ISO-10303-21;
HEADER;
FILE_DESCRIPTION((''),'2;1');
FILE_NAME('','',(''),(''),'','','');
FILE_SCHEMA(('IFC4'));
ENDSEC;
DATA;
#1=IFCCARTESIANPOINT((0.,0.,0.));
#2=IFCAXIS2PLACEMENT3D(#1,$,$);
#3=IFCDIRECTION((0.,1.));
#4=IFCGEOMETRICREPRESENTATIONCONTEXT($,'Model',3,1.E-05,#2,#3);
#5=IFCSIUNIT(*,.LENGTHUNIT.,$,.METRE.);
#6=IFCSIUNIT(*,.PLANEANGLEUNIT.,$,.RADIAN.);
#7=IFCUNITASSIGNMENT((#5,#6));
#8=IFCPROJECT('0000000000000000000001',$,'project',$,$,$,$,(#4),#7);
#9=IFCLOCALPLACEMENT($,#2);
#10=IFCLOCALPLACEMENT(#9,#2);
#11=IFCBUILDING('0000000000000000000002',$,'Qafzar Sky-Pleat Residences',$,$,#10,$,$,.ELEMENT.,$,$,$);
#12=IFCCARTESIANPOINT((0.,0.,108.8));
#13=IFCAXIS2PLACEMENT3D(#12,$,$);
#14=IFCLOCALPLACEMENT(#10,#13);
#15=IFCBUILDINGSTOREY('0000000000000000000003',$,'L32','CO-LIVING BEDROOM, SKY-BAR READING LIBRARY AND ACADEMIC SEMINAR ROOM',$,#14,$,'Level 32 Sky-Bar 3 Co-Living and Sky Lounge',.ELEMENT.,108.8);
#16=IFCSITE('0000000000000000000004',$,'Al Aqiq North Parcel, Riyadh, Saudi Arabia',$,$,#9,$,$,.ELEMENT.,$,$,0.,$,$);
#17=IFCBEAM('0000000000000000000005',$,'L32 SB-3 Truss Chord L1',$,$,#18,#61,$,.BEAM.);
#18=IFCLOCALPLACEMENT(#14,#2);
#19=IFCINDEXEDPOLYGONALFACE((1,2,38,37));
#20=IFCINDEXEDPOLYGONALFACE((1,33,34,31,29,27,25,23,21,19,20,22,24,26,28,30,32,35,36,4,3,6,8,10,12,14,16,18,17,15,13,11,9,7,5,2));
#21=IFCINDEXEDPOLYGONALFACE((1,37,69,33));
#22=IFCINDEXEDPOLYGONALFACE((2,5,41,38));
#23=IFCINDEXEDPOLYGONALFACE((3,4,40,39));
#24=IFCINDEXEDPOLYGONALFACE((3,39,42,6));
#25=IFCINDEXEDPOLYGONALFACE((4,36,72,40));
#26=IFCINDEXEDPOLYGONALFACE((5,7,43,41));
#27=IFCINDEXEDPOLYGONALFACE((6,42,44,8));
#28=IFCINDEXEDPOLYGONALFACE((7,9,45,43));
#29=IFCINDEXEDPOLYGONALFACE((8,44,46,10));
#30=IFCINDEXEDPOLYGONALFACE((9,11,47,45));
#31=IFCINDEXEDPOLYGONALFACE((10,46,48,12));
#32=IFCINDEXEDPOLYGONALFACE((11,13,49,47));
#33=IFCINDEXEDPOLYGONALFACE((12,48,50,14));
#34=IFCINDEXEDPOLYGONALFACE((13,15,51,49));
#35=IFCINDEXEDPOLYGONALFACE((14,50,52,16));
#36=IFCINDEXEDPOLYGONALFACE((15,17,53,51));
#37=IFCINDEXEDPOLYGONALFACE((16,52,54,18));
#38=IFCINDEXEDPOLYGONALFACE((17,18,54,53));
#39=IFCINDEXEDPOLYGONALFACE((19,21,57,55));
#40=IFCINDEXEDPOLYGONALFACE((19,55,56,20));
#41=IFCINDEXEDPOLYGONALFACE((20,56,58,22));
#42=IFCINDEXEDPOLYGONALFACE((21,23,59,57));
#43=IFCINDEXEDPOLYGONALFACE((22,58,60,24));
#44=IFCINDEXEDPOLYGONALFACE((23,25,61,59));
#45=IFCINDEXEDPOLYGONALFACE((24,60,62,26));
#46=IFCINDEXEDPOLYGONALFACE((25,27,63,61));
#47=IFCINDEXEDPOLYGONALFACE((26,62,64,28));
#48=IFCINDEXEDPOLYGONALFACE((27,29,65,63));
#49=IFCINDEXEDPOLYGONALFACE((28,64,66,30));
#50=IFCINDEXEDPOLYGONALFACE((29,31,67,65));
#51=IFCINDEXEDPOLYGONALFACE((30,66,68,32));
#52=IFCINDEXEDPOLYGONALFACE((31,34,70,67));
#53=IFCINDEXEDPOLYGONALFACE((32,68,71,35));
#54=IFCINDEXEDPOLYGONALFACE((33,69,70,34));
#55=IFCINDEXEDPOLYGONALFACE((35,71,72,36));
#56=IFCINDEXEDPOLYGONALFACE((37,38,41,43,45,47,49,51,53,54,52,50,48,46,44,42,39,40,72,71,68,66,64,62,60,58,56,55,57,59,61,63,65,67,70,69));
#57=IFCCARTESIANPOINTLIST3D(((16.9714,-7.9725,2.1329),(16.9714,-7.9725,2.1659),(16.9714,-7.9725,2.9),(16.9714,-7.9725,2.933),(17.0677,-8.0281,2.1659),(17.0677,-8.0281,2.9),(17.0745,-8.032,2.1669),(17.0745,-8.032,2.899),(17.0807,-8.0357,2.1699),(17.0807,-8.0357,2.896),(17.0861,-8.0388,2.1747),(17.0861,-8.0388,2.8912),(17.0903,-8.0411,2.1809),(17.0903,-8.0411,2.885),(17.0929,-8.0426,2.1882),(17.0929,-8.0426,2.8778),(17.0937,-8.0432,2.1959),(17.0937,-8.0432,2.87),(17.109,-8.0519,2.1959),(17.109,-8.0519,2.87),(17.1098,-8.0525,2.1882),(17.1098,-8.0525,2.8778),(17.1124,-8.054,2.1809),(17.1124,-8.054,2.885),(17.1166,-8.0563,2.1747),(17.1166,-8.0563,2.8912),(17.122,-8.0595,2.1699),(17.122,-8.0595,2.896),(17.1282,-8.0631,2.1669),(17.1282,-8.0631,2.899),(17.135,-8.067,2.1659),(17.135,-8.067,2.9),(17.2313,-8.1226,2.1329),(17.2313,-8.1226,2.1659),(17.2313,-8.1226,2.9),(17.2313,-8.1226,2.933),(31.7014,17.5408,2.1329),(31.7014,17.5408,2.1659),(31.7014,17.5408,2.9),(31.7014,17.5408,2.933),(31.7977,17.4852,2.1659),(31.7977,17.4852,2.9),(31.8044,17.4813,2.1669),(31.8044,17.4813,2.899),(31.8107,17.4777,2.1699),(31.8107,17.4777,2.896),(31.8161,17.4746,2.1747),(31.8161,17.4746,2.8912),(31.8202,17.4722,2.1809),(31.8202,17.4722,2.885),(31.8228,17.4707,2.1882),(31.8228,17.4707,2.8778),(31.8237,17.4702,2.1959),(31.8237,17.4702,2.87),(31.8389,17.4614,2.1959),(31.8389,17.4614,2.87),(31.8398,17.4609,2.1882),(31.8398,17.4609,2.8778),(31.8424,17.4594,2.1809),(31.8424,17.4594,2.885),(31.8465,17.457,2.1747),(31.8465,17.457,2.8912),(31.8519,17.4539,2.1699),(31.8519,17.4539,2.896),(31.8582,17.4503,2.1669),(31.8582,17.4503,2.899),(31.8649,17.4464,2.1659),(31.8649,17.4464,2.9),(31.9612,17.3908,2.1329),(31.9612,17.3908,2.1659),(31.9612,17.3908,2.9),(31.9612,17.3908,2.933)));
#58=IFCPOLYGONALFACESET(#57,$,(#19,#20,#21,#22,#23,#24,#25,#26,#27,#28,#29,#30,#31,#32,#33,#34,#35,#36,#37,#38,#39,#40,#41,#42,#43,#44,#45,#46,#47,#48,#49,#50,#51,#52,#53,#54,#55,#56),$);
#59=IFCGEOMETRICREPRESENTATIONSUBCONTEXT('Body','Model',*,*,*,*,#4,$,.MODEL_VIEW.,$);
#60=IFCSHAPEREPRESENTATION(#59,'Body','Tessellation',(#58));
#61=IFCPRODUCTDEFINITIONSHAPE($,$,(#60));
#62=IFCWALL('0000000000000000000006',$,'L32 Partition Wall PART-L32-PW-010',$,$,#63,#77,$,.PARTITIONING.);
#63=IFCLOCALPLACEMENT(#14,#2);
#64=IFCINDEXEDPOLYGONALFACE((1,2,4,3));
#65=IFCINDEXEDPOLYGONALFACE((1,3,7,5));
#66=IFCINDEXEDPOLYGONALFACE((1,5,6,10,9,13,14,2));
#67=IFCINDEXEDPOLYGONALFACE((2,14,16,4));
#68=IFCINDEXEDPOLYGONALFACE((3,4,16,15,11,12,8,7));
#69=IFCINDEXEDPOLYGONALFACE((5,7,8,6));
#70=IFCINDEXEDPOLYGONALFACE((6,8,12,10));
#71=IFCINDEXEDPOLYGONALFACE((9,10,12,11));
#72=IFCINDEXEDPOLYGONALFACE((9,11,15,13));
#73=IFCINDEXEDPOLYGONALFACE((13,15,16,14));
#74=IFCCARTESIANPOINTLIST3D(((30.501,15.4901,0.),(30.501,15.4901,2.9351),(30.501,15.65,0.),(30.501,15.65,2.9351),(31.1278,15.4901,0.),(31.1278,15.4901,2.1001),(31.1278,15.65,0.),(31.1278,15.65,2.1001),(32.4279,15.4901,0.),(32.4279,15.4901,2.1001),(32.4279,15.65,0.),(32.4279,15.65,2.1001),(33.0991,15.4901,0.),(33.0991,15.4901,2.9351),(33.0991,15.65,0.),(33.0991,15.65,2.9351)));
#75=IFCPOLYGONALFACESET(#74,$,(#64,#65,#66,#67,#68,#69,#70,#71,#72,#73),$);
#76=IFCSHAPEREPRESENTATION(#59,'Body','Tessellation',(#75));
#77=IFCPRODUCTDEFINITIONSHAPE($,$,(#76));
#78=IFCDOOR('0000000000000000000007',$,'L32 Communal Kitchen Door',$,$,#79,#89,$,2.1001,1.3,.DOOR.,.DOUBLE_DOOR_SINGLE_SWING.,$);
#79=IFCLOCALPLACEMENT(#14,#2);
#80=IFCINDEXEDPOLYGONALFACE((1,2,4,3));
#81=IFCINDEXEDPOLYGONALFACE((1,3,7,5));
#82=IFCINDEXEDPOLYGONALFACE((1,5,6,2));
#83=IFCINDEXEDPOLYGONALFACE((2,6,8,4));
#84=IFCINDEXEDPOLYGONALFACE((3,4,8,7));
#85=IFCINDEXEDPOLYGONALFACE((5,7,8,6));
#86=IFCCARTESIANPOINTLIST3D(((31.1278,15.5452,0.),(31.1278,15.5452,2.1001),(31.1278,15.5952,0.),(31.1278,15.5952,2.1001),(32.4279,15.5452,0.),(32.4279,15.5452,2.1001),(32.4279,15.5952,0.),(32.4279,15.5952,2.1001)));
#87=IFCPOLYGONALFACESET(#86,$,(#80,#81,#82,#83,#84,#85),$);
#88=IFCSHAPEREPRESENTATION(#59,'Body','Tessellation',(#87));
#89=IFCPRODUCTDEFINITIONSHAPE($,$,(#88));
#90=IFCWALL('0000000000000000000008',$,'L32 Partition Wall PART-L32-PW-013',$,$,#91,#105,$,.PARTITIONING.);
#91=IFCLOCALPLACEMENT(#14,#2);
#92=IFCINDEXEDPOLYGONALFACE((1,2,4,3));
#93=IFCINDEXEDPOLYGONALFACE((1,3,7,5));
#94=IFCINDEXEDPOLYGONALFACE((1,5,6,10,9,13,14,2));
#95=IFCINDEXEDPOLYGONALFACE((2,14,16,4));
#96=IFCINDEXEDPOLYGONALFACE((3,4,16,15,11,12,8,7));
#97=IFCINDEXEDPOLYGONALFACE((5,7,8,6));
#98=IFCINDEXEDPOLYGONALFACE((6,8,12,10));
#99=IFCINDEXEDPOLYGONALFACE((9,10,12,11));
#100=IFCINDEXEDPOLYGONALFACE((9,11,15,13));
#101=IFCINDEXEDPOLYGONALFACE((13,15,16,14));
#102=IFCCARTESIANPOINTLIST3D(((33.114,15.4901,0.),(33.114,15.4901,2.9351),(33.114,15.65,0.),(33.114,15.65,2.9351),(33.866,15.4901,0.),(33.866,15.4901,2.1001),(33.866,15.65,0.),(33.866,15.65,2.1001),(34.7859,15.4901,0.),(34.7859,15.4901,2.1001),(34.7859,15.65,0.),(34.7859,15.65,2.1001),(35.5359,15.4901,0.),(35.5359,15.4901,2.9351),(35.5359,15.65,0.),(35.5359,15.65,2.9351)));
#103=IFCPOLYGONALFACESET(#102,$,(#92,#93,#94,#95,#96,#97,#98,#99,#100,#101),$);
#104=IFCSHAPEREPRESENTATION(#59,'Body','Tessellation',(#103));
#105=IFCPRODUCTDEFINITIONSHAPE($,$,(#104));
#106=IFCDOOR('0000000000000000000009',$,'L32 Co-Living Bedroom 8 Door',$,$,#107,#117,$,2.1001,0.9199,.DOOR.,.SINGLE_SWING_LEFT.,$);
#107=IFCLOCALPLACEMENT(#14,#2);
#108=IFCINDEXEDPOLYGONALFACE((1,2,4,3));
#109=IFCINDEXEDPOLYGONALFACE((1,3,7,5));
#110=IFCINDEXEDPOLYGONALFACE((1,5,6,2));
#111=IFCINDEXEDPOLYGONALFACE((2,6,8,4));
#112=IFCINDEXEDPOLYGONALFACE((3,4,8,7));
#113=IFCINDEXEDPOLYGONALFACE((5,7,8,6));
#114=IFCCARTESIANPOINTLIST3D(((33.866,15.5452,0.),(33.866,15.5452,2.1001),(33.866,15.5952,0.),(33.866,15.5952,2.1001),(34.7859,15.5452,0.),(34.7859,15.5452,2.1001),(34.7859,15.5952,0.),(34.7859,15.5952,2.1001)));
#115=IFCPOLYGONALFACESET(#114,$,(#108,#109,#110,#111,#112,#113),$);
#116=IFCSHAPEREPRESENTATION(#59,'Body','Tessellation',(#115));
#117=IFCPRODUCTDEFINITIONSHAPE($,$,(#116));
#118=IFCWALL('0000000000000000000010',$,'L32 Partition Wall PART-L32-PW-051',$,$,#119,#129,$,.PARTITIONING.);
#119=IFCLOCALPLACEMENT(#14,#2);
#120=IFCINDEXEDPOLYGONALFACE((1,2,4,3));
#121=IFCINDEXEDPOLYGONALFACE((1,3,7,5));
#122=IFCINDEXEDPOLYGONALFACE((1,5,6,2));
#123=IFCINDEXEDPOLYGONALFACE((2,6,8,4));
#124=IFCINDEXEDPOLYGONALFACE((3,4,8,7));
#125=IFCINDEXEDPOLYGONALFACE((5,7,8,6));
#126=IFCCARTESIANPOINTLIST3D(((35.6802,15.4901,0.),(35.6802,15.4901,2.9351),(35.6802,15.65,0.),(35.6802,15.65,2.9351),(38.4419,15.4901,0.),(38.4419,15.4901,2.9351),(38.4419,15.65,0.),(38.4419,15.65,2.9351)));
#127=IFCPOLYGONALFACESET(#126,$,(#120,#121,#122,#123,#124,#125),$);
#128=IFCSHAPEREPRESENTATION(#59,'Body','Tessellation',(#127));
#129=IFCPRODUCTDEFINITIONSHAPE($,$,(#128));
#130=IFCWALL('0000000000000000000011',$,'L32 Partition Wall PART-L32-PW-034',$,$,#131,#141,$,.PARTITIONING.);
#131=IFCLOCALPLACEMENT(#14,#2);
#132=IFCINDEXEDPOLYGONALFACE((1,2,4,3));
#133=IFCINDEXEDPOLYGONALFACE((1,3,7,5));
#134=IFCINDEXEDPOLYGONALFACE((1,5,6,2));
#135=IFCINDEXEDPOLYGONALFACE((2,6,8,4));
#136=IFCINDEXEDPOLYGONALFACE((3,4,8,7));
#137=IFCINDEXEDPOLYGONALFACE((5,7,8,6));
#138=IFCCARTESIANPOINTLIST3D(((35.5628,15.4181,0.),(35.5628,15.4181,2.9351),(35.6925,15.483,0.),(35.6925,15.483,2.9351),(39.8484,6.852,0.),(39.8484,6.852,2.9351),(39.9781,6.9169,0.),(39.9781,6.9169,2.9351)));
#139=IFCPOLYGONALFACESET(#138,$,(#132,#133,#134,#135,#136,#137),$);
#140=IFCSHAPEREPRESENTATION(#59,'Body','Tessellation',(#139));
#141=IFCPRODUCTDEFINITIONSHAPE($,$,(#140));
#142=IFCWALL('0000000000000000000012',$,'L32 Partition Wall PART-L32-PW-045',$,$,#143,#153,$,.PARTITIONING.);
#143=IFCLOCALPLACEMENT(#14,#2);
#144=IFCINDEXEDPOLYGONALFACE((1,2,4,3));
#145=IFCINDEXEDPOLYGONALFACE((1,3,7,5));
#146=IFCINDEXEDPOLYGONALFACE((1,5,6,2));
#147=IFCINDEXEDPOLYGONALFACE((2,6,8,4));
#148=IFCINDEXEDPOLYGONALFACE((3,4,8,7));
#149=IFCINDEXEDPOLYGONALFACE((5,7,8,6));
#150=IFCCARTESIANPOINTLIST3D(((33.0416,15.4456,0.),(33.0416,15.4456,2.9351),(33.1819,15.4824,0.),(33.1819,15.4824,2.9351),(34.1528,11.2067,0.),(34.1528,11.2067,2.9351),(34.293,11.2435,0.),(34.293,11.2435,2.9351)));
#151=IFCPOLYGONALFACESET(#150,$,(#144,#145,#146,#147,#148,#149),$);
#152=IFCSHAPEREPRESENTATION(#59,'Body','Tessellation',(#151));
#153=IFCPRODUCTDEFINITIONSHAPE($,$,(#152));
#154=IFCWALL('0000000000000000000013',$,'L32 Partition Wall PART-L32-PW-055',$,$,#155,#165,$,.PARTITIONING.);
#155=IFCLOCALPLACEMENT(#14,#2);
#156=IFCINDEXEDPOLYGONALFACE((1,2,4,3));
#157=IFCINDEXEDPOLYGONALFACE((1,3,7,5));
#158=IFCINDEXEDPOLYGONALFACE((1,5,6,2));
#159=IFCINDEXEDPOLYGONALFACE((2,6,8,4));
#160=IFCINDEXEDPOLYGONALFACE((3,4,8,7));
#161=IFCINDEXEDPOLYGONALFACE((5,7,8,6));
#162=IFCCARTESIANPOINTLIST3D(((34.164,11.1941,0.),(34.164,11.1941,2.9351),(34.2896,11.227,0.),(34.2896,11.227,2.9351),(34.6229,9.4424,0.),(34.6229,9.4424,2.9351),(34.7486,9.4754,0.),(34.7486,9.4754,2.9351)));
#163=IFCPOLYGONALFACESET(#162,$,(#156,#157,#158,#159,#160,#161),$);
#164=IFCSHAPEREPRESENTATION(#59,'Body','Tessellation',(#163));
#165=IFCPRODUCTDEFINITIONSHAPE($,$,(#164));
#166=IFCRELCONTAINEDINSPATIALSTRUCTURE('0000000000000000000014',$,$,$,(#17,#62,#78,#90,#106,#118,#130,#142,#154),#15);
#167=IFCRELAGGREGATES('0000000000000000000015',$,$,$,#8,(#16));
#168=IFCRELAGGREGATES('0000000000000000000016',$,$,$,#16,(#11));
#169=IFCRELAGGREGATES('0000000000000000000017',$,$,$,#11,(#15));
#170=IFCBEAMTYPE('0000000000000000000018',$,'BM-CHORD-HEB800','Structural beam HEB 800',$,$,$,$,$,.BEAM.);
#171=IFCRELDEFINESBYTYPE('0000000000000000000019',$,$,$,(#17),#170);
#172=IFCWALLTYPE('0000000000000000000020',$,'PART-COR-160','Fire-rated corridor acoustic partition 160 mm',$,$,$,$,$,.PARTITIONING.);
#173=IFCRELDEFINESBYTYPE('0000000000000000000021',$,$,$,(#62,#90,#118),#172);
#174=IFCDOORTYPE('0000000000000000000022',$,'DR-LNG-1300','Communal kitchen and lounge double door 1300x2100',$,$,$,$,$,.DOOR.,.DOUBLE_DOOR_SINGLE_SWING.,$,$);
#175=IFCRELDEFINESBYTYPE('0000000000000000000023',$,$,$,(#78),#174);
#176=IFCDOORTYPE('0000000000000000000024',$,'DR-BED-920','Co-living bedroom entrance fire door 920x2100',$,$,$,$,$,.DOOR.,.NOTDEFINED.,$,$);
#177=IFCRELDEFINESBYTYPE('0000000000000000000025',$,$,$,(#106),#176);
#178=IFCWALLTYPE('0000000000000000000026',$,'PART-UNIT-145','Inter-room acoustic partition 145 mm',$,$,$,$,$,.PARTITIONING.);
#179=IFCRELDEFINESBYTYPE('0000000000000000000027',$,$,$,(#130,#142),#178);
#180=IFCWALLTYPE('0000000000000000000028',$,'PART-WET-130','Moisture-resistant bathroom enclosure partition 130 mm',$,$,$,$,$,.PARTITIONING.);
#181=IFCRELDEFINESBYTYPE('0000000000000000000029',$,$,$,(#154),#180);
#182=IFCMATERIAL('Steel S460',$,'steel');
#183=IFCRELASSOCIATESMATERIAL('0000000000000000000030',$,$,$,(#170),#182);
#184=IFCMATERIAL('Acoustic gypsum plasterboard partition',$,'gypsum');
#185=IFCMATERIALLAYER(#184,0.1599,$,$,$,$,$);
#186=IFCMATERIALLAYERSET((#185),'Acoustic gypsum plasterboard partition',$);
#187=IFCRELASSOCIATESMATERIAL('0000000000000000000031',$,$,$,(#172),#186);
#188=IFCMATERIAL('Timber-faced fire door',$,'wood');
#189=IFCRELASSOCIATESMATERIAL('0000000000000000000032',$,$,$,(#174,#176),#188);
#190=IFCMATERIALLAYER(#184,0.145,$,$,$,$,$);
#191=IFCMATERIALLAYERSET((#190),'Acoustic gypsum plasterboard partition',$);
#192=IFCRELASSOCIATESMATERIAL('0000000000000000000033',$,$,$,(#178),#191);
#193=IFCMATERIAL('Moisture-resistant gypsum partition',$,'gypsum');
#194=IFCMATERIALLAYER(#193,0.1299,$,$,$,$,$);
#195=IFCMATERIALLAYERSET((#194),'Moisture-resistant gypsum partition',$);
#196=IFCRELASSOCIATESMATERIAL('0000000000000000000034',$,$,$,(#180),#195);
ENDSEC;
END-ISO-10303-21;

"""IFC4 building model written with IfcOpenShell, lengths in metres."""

from ifc_helpers import new_model, si_unit, direction, frame, frame_2d, origin, origin_2d, place, context, subcontext, project, spatial, rectangle, i_section, extrude, source, transform, mapped, material, layer, layer_set, material_profile, profile_set, type_object, element, fill, save


model = new_model("IFC4")

# Units and contexts
model_context = context("Model", 3, precision=1e-05, world=origin(), true_north=direction((0.0, 1.0)))
body_context = subcontext(model_context, "Body", "Model", "MODEL_VIEW")
ifc_project = project(units=[si_unit("LENGTHUNIT", "METRE"), si_unit("PLANEANGLEUNIT", "RADIAN")], contexts=[model_context])

# Site, building, storey
site_placement = place(None, origin())
site = spatial("IfcSite", under=ifc_project, at=site_placement, Name="Al Aqiq North Parcel, Riyadh, Saudi Arabia", CompositionType="ELEMENT", RefElevation=0.0)
building_placement = place(site_placement, origin())
building = spatial("IfcBuilding", under=site, at=building_placement, Name="Qafzar Sky-Pleat Residences", CompositionType="ELEMENT")
storey_placement = place(building_placement, frame((0.0, 0.0, 108.8)))
storey = spatial("IfcBuildingStorey", under=building, at=storey_placement, Name="L32", Description="CO-LIVING BEDROOM, SKY-BAR READING LIBRARY AND ACADEMIC SEMINAR ROOM", LongName="Level 32 Sky-Bar 3 Co-Living and Sky Lounge", CompositionType="ELEMENT", Elevation=108.8)

# Beam
ifc_material_1 = material(Name="Steel S460", Category="steel")
ifc_material_profile = material_profile(ifc_material_1, i_section(OverallWidth=0.3, OverallDepth=0.8, WebThickness=0.0176, FlangeThickness=0.033, FilletRadius=0.03, at=origin_2d()), Name="HEB 800")
ifc_profile_set = profile_set([ifc_material_profile], Name="Steel S460")
beam_type = type_object("IfcBeamType", Name="BM-CHORD-HEB800", Description="Structural beam HEB 800", PredefinedType="BEAM", material=ifc_profile_set)
shared_shape_1 = source(origin(), body_context, "Body", "SweptSolid", [
    extrude(i_section(OverallWidth=0.3, OverallDepth=0.8, WebThickness=0.0176, FlangeThickness=0.033, FilletRadius=0.03, at=origin_2d()), origin(), (0.0, 0.0, 1.0), 29.4602),
])
beam_placement = place(storey_placement, frame((31.8313, 17.4658, 2.533), z_axis=(-0.499995, -0.866028, 0.0), x_axis=(0.866028, -0.499995, 0.0)))
element("IfcBeam", 1, at=beam_placement, inside=storey, type_object=beam_type, Name="L32 SB-3 Truss Chord L1", PredefinedType="BEAM", context=body_context, shape_type="MappedRepresentation", body=[
    mapped(shared_shape_1, transform((0.0, 0.0, 0.0), x_axis=(1.0, 0.0, 0.0), y_axis=(0.0, 1.0, 0.0), z_axis=(0.0, 0.0, 1.0), scale=1.0)),
])

# Walls, openings, doors
ifc_material_2 = material(Name="Acoustic gypsum plasterboard partition", Category="gypsum")
ifc_layer_1 = layer(ifc_material_2, 0.1599)
ifc_layer_set_1 = layer_set([ifc_layer_1], Name="Acoustic gypsum plasterboard partition")
wall_type_1 = type_object("IfcWallType", Name="PART-COR-160", Description="Fire-rated corridor acoustic partition 160 mm", PredefinedType="PARTITIONING", material=ifc_layer_set_1)
wall_1_placement = place(storey_placement, frame((33.0991, 15.5701, 0.0), z_axis=(0.0, 0.0, 1.0), x_axis=(-1.0, 0.0, 0.0)))
wall_1 = element("IfcWall", 2, at=wall_1_placement, inside=storey, type_object=wall_type_1, Name="L32 Partition Wall PART-L32-PW-010", PredefinedType="PARTITIONING", context=body_context, shape_type="SweptSolid", body=[
    extrude(rectangle(XDim=2.5981, YDim=0.1599, at=frame_2d((1.2991, 0.0))), origin(), (0.0, 0.0, 1.0), 2.9351),
])
opening_1_placement = place(wall_1_placement, frame((0.6714, 0.0, 0.0)))
opening_1 = element("IfcOpeningElement", 3, at=opening_1_placement, cuts=wall_1, PredefinedType="OPENING", context=body_context, shape_type="SweptSolid", body=[
    extrude(rectangle(XDim=1.3, YDim=2.1001, at=frame_2d((0.6499, 1.05))), frame((0.0, 0.0898, 0.0), z_axis=(0.0, -1.0, 0.0), x_axis=(1.0, 0.0, 0.0)), (0.0, 0.0, 1.0), 0.1799),
])
ifc_material_3 = material(Name="Timber-faced fire door", Category="wood")
door_type_1 = type_object("IfcDoorType", Name="DR-LNG-1300", Description="Communal kitchen and lounge double door 1300x2100", OperationType="DOUBLE_DOOR_SINGLE_SWING", PredefinedType="DOOR", material=ifc_material_3)
shared_shape_2 = source(origin(), body_context, "Body", "SweptSolid", [
    extrude(rectangle(XDim=1.3, YDim=2.1001, at=frame_2d((0.6499, 1.05))), frame((0.0, 0.0249, 0.0), z_axis=(0.0, -1.0, 0.0), x_axis=(1.0, 0.0, 0.0)), (0.0, 0.0, 1.0), 0.05),
])
door_1_placement = place(opening_1_placement, origin())
door_1 = element("IfcDoor", 4, at=door_1_placement, inside=storey, type_object=door_type_1, Name="L32 Communal Kitchen Door", OperationType="DOUBLE_DOOR_SINGLE_SWING", OverallHeight=2.1001, OverallWidth=1.3, PredefinedType="DOOR", context=body_context, shape_type="MappedRepresentation", body=[
    mapped(shared_shape_2, transform((0.0, 0.0, 0.0), x_axis=(1.0, 0.0, 0.0), y_axis=(0.0, 1.0, 0.0), z_axis=(0.0, 0.0, 1.0), scale=1.0)),
])
fill(opening_1, door_1)
wall_2_placement = place(storey_placement, frame((35.5359, 15.5701, 0.0), z_axis=(0.0, 0.0, 1.0), x_axis=(-1.0, 0.0, 0.0)))
wall_2 = element("IfcWall", 5, at=wall_2_placement, inside=storey, type_object=wall_type_1, Name="L32 Partition Wall PART-L32-PW-013", PredefinedType="PARTITIONING", context=body_context, shape_type="SweptSolid", body=[
    extrude(rectangle(XDim=2.4219, YDim=0.1599, at=frame_2d((1.2109, 0.0))), origin(), (0.0, 0.0, 1.0), 2.9351),
])
opening_2_placement = place(wall_2_placement, frame((0.75, 0.0, 0.0)))
opening_2 = element("IfcOpeningElement", 6, at=opening_2_placement, cuts=wall_2, PredefinedType="OPENING", context=body_context, shape_type="SweptSolid", body=[
    extrude(rectangle(XDim=0.9199, YDim=2.1001, at=frame_2d((0.46, 1.05))), frame((0.0, 0.0898, 0.0), z_axis=(0.0, -1.0, 0.0), x_axis=(1.0, 0.0, 0.0)), (0.0, 0.0, 1.0), 0.1799),
])
door_type_2 = type_object("IfcDoorType", Name="DR-BED-920", Description="Co-living bedroom entrance fire door 920x2100", OperationType="NOTDEFINED", PredefinedType="DOOR", material=ifc_material_3)
shared_shape_3 = source(origin(), body_context, "Body", "SweptSolid", [
    extrude(rectangle(XDim=0.9199, YDim=2.1001, at=frame_2d((0.46, 1.05))), frame((0.0, 0.0249, 0.0), z_axis=(0.0, -1.0, 0.0), x_axis=(1.0, 0.0, 0.0)), (0.0, 0.0, 1.0), 0.05),
])
door_2_placement = place(opening_2_placement, origin())
door_2 = element("IfcDoor", 7, at=door_2_placement, inside=storey, type_object=door_type_2, Name="L32 Co-Living Bedroom 8 Door", OperationType="SINGLE_SWING_LEFT", OverallHeight=2.1001, OverallWidth=0.9199, PredefinedType="DOOR", context=body_context, shape_type="MappedRepresentation", body=[
    mapped(shared_shape_3, transform((0.0, 0.0, 0.0), x_axis=(1.0, 0.0, 0.0), y_axis=(0.0, 1.0, 0.0), z_axis=(0.0, 0.0, 1.0), scale=1.0)),
])
fill(opening_2, door_2)

# Walls
wall_3_placement = place(storey_placement, frame((35.6802, 15.5701, 0.0), z_axis=(0.0, 0.0, 1.0), x_axis=(1.0, 0.0, 0.0)))
element("IfcWall", 8, at=wall_3_placement, inside=storey, type_object=wall_type_1, Name="L32 Partition Wall PART-L32-PW-051", PredefinedType="PARTITIONING", context=body_context, shape_type="SweptSolid", body=[
    extrude(rectangle(XDim=2.7617, YDim=0.1599, at=frame_2d((1.3809, 0.0))), origin(), (0.0, 0.0, 1.0), 2.9351),
])
ifc_layer_2 = layer(ifc_material_2, 0.145)
ifc_layer_set_2 = layer_set([ifc_layer_2], Name="Acoustic gypsum plasterboard partition")
wall_type_2 = type_object("IfcWallType", Name="PART-UNIT-145", Description="Inter-room acoustic partition 145 mm", PredefinedType="PARTITIONING", material=ifc_layer_set_2)
wall_4_placement = place(storey_placement, frame((35.6277, 15.4504, 0.0), z_axis=(0.0, 0.0, 1.0), x_axis=(0.447428, -0.89432, 0.0)))
element("IfcWall", 9, at=wall_4_placement, inside=storey, type_object=wall_type_2, Name="L32 Partition Wall PART-L32-PW-034", PredefinedType="PARTITIONING", context=body_context, shape_type="SweptSolid", body=[
    extrude(rectangle(XDim=9.5784, YDim=0.145, at=frame_2d((4.7891, 0.0))), origin(), (0.0, 0.0, 1.0), 2.9351),
])
wall_5_placement = place(storey_placement, frame((33.1118, 15.4639, 0.0), z_axis=(0.0, 0.0, 1.0), x_axis=(0.253558, -0.96732, 0.0)))
element("IfcWall", 10, at=wall_5_placement, inside=storey, type_object=wall_type_2, Name="L32 Partition Wall PART-L32-PW-045", PredefinedType="PARTITIONING", context=body_context, shape_type="SweptSolid", body=[
    extrude(rectangle(XDim=4.3821, YDim=0.145, at=frame_2d((2.1909, 0.0))), origin(), (0.0, 0.0, 1.0), 2.9351),
])
ifc_material_4 = material(Name="Moisture-resistant gypsum partition", Category="gypsum")
ifc_layer_3 = layer(ifc_material_4, 0.1299)
ifc_layer_set_3 = layer_set([ifc_layer_3], Name="Moisture-resistant gypsum partition")
wall_type_3 = type_object("IfcWallType", Name="PART-WET-130", Description="Moisture-resistant bathroom enclosure partition 130 mm", PredefinedType="PARTITIONING", material=ifc_layer_set_3)
wall_6_placement = place(storey_placement, frame((34.2268, 11.2104, 0.0), z_axis=(0.0, 0.0, 1.0), x_axis=(0.253465, -0.967345, 0.0)))
element("IfcWall", 11, at=wall_6_placement, inside=storey, type_object=wall_type_3, Name="L32 Partition Wall PART-L32-PW-055", PredefinedType="PARTITIONING", context=body_context, shape_type="SweptSolid", body=[
    extrude(rectangle(XDim=1.8108, YDim=0.1299, at=frame_2d((0.9053, 0.0))), origin(), (0.0, 0.0, 1.0), 2.9351),
])

save(model, "model.ifc")
